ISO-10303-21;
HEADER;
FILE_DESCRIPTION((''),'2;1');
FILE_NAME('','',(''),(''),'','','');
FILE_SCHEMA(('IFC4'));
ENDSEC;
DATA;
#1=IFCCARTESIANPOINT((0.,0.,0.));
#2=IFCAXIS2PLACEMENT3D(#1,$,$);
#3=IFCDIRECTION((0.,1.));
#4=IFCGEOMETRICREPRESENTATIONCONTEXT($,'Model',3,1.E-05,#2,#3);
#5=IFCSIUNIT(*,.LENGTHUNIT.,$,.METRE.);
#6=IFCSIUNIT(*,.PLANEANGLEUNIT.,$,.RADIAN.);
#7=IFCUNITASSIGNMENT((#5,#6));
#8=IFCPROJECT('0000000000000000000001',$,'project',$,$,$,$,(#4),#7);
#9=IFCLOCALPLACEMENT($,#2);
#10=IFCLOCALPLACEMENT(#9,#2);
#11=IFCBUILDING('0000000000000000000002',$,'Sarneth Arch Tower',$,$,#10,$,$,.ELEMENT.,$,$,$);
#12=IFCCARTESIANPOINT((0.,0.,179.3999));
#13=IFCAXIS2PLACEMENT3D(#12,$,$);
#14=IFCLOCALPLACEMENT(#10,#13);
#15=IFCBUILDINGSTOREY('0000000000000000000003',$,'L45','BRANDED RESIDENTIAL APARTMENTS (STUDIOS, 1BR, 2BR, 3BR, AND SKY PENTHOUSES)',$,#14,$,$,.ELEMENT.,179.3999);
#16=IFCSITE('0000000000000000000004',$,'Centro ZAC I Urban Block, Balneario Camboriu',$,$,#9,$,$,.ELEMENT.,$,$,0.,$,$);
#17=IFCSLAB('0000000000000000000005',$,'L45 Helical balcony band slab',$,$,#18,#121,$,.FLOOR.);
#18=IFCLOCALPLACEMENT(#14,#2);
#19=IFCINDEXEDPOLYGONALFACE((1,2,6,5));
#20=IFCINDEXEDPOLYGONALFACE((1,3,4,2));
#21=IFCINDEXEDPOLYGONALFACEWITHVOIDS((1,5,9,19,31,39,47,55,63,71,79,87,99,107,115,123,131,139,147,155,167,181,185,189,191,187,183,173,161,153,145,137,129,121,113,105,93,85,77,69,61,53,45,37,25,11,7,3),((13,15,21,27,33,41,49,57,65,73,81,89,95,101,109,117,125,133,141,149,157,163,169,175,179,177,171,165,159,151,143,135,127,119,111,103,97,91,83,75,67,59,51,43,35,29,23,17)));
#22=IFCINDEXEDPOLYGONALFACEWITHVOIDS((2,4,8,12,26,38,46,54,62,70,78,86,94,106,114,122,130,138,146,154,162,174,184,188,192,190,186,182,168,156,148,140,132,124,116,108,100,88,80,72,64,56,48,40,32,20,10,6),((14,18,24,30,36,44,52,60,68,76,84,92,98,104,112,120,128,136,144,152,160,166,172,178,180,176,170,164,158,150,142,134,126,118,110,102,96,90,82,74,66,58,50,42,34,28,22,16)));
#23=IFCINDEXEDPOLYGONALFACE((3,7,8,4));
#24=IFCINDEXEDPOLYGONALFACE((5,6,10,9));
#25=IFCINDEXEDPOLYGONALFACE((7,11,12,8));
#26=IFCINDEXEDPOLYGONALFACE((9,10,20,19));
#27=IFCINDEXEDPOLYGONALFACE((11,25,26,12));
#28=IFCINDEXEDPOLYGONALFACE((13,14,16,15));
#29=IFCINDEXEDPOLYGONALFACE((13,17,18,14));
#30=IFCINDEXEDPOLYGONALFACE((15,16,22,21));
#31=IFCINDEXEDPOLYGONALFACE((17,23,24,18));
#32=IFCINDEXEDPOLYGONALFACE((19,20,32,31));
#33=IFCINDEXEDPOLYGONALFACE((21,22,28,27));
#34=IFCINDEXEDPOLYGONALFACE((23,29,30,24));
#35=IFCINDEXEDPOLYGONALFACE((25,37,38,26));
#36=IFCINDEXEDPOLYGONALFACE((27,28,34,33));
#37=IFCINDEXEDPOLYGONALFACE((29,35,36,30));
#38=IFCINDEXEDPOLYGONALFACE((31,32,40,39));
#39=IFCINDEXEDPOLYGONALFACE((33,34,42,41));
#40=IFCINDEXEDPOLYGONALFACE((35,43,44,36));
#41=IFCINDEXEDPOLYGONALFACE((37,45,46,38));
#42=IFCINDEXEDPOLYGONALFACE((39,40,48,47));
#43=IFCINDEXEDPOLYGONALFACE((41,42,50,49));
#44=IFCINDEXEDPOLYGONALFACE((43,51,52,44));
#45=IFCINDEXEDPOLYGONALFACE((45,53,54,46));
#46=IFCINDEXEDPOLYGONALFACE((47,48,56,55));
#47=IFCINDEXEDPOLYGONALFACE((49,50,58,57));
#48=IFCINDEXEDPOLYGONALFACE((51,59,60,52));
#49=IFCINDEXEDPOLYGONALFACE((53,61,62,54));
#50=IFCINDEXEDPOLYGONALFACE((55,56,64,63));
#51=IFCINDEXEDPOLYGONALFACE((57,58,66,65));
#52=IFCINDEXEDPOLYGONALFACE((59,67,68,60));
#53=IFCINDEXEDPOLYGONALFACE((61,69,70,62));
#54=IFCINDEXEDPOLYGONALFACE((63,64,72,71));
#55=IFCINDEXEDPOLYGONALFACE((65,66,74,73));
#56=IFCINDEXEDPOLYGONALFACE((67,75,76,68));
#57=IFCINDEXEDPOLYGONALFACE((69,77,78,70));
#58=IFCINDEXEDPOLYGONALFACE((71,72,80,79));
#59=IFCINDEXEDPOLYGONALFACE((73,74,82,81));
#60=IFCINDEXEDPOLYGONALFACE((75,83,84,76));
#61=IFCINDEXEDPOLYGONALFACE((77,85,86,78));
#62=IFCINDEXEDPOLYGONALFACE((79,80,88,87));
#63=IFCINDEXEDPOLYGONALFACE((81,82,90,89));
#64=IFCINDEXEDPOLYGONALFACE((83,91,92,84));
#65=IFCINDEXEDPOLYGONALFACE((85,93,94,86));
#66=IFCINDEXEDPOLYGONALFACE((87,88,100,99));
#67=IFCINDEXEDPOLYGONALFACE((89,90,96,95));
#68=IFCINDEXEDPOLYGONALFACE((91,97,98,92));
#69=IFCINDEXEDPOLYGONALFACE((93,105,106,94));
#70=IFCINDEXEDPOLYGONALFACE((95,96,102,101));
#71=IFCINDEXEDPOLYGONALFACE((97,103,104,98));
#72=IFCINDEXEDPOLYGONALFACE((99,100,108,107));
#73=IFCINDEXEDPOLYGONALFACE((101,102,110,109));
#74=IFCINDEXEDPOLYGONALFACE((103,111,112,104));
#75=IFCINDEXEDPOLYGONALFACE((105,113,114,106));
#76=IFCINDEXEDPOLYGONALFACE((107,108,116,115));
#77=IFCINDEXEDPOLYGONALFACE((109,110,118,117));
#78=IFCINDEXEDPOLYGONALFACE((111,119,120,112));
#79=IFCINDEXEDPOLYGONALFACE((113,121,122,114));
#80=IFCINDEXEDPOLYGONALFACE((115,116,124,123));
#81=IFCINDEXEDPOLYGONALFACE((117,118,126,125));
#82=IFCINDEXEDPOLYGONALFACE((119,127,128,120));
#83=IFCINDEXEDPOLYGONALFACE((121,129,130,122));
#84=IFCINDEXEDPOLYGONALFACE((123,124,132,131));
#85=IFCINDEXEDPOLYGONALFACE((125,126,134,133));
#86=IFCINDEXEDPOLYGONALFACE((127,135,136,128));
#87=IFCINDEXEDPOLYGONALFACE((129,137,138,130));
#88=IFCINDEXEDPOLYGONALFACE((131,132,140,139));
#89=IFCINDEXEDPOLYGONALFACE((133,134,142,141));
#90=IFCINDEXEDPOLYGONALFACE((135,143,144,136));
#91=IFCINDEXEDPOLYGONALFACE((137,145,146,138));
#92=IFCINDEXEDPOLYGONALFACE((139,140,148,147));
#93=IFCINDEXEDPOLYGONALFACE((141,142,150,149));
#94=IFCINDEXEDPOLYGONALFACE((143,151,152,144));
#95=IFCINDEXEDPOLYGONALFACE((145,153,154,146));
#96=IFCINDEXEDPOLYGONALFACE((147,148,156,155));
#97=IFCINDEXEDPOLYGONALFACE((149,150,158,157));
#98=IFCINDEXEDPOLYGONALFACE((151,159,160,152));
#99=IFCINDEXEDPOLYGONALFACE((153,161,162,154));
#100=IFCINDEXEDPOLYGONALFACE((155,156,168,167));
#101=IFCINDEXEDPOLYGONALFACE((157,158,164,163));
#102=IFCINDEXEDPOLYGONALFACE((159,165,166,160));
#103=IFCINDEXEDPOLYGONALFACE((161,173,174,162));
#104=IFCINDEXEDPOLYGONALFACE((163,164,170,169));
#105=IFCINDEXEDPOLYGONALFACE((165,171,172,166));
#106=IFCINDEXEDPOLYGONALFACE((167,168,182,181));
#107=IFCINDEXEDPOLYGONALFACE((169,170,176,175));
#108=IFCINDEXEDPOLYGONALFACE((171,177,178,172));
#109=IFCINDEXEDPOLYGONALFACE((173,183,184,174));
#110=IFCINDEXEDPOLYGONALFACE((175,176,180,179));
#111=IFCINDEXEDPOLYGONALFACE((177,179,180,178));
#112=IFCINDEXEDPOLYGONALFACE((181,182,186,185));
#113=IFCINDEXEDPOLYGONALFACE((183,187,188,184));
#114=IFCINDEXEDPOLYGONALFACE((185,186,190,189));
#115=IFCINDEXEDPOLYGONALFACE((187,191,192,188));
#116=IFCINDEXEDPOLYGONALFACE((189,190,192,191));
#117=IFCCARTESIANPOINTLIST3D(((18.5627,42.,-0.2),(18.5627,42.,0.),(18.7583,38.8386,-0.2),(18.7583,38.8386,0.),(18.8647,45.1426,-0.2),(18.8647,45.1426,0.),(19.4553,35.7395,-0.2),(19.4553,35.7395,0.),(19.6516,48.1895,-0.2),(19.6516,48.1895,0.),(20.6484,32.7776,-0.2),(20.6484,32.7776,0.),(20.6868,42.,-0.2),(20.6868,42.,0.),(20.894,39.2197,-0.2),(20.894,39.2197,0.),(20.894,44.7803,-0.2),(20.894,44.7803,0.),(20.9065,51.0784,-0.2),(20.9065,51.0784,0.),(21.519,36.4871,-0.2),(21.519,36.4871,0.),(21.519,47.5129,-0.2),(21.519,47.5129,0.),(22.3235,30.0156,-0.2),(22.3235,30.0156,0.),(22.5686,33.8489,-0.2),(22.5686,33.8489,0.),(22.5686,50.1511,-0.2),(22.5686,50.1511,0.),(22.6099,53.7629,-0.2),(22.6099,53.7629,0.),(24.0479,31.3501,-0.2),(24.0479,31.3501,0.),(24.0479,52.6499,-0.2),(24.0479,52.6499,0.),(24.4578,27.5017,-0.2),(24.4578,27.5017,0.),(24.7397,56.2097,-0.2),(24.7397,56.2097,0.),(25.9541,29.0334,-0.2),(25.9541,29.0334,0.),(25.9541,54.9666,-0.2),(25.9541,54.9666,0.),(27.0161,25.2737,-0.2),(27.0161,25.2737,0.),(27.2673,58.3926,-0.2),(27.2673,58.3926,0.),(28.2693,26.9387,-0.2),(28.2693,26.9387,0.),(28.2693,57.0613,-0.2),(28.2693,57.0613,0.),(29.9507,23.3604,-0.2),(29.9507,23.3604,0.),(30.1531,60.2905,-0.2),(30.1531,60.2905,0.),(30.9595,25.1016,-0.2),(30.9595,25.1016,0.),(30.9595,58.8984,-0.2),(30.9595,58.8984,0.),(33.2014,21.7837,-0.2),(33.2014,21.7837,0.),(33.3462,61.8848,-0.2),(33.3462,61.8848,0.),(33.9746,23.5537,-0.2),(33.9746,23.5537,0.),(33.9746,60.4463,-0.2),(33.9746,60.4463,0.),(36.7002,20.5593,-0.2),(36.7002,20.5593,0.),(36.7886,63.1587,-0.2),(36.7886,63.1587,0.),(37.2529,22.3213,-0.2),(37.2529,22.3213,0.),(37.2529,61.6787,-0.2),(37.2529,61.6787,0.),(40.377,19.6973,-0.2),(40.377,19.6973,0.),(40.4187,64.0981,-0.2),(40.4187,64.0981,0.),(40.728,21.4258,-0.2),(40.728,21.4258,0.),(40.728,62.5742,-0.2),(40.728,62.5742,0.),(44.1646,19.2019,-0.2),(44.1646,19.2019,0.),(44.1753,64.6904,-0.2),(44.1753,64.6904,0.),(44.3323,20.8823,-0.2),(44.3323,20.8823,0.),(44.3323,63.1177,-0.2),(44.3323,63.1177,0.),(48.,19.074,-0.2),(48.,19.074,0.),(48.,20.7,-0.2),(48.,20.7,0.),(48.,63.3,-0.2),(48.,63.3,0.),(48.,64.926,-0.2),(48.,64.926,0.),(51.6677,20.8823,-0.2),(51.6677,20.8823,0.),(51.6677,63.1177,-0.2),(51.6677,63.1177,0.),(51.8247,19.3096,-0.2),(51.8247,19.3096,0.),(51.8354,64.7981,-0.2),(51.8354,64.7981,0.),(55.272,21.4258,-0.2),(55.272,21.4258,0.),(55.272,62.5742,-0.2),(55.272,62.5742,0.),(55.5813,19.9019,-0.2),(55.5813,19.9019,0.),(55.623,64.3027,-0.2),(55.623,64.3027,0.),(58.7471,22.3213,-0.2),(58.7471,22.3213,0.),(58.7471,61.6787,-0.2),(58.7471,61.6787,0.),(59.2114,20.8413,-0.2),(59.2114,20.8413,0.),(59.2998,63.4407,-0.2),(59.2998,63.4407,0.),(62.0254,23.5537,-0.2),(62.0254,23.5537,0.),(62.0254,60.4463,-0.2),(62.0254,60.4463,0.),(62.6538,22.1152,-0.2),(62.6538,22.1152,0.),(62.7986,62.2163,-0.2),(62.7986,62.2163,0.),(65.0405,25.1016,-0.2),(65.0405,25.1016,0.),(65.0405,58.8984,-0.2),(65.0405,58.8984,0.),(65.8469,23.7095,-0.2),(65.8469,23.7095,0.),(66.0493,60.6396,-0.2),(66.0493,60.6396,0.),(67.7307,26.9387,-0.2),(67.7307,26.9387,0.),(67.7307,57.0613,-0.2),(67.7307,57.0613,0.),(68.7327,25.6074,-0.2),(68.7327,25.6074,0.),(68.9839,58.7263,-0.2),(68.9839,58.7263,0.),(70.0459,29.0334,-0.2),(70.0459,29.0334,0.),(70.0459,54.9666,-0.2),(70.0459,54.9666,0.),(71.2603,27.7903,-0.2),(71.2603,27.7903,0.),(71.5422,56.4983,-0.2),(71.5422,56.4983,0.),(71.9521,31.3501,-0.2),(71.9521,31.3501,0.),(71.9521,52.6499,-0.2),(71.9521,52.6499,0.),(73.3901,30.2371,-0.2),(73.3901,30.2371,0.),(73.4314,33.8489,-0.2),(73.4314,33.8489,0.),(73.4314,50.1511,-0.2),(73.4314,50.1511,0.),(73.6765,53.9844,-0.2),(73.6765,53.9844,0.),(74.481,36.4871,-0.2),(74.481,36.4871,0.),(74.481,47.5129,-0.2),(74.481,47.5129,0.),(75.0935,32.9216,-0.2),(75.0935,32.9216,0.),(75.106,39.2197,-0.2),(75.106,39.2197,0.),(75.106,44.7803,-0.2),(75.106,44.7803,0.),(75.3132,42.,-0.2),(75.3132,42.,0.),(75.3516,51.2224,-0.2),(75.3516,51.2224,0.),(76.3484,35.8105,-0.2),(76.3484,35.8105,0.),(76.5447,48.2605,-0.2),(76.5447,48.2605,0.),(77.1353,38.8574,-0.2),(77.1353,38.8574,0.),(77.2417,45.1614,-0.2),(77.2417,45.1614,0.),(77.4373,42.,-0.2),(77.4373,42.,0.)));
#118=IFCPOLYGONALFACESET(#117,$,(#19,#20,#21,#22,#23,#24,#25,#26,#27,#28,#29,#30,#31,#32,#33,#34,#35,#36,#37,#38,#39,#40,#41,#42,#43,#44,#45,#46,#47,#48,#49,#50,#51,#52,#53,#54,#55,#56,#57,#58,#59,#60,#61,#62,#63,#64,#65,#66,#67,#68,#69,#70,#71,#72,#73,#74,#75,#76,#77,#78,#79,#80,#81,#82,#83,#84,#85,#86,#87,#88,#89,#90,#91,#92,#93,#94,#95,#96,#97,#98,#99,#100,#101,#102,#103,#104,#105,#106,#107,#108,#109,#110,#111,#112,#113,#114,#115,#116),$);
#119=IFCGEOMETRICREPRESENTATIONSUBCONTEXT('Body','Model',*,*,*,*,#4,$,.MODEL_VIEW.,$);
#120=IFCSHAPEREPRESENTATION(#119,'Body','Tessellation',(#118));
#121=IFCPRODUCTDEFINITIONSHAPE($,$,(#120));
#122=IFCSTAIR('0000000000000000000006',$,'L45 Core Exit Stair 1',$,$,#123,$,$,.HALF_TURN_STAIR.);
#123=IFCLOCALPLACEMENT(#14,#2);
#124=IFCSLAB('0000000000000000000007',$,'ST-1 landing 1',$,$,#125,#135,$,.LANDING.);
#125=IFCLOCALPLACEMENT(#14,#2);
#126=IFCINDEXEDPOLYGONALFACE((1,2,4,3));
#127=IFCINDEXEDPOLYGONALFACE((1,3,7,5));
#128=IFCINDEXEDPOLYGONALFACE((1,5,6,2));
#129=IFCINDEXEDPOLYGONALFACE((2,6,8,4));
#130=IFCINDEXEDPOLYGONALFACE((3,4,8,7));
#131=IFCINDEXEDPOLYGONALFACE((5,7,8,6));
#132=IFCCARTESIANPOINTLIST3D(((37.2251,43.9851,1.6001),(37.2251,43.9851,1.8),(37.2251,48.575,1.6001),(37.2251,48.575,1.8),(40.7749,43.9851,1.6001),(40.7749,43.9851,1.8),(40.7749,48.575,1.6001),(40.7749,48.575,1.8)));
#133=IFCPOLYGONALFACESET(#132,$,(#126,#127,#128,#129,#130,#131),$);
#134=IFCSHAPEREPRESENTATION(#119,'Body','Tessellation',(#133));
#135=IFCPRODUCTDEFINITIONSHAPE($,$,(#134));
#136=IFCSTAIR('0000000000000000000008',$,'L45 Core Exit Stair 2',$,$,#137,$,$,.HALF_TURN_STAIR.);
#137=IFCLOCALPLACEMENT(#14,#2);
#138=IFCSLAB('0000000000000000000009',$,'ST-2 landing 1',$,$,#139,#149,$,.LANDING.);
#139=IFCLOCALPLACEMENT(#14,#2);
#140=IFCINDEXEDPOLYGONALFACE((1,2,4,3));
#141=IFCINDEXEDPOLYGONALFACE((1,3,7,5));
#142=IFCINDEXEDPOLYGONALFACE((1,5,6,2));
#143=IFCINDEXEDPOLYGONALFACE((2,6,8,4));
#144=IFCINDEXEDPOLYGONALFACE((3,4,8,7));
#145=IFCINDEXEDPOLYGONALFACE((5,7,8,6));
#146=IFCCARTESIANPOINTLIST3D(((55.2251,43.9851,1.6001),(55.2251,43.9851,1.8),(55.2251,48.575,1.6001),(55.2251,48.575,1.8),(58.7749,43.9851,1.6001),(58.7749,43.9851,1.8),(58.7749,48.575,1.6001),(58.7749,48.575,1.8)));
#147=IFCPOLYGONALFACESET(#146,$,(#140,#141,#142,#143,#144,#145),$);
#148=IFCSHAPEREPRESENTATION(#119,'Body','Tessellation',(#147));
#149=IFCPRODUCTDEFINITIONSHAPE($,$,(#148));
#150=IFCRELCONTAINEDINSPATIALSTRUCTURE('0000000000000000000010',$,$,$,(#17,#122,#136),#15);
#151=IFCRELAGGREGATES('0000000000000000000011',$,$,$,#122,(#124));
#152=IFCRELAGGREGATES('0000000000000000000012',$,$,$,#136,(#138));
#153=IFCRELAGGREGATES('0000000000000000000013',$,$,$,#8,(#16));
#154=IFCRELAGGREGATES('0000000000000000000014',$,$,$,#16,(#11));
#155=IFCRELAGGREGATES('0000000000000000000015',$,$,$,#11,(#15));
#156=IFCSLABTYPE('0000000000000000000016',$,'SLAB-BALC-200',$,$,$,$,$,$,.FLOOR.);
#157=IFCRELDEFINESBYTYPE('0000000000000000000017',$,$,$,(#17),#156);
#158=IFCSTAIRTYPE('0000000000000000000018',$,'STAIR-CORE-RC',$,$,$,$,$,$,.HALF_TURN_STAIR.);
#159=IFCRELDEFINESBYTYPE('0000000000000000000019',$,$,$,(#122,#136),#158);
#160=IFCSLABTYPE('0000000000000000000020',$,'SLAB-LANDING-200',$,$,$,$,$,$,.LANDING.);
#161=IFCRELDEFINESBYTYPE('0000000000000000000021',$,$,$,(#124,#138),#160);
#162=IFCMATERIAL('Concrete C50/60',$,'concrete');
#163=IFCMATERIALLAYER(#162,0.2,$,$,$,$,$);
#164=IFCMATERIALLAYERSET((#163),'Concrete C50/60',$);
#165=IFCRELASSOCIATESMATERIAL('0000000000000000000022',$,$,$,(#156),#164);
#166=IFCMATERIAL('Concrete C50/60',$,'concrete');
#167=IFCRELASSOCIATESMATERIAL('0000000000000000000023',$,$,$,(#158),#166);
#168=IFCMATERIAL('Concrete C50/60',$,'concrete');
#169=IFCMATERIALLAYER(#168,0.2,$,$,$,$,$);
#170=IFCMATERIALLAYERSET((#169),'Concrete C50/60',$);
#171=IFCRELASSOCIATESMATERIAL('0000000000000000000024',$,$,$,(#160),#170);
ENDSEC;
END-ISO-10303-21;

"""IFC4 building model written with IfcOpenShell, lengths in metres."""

from ifc_helpers import new_model, si_unit, direction, frame, origin, place, context, subcontext, project, spatial, polyline, outline, extrude, material, layer, layer_set, type_object, element, aggregate, save


model = new_model("IFC4")

# Units and contexts
model_context = context("Model", 3, precision=1e-05, world=origin(), true_north=direction((0.0, 1.0)))
body_context = subcontext(model_context, "Body", "Model", "MODEL_VIEW")
ifc_project = project(units=[si_unit("LENGTHUNIT", "METRE"), si_unit("PLANEANGLEUNIT", "RADIAN")], contexts=[model_context])

# Site, building, storey
site_placement = place(None, origin())
site = spatial("IfcSite", under=ifc_project, at=site_placement, Name="Centro ZAC I Urban Block, Balneario Camboriu", CompositionType="ELEMENT", RefElevation=0.0)
building_placement = place(site_placement, origin())
building = spatial("IfcBuilding", under=site, at=building_placement, Name="Sarneth Arch Tower", CompositionType="ELEMENT")
storey_placement = place(building_placement, frame((0.0, 0.0, 179.3999)))
storey = spatial("IfcBuildingStorey", under=building, at=storey_placement, Name="L45", Description="BRANDED RESIDENTIAL APARTMENTS (STUDIOS, 1BR, 2BR, 3BR, AND SKY PENTHOUSES)", CompositionType="ELEMENT", Elevation=179.3999)

# Slab
ifc_material_1 = material(Name="Concrete C50/60", Category="concrete")
ifc_layer_1 = layer(ifc_material_1, 0.2)
ifc_layer_set_1 = layer_set([ifc_layer_1], Name="Concrete C50/60")
slab_type_1 = type_object("IfcSlabType", Name="SLAB-BALC-200", PredefinedType="FLOOR", material=ifc_layer_set_1)
slab_1_placement = place(storey_placement, frame((0.0, 0.0, -0.2)))
element("IfcSlab", 1, at=slab_1_placement, inside=storey, type_object=slab_type_1, Name="L45 Helical balcony band slab", PredefinedType="FLOOR", context=body_context, shape_type="SweptSolid", body=[
    extrude(outline(polyline([(77.4373, 42.0), (77.2417, 45.1614), (76.5447, 48.2605), (75.3516, 51.2224), (73.6765, 53.9844), (71.5422, 56.4983), (68.9839, 58.7263), (66.0493, 60.6396), (62.7986, 62.2163), (59.2998, 63.4407), (55.623, 64.3027), (51.8354, 64.7981), (48.0, 64.926), (44.1753, 64.6904), (40.4187, 64.0981), (36.7886, 63.1587), (33.3462, 61.8848), (30.1531, 60.2905), (27.2673, 58.3926), (24.7397, 56.2097), (22.6099, 53.7629), (20.9065, 51.0784), (19.6516, 48.1895), (18.8647, 45.1426), (18.5627, 42.0), (18.7583, 38.8386), (19.4553, 35.7395), (20.6484, 32.7776), (22.3235, 30.0156), (24.4578, 27.5017), (27.0161, 25.2737), (29.9507, 23.3604), (33.2014, 21.7837), (36.7002, 20.5593), (40.377, 19.6973), (44.1646, 19.2019), (48.0, 19.074), (51.8247, 19.3096), (55.5813, 19.9019), (59.2114, 20.8413), (62.6538, 22.1152), (65.8469, 23.7095), (68.7327, 25.6074), (71.2603, 27.7903), (73.3901, 30.2371), (75.0935, 32.9216), (76.3484, 35.8105), (77.1353, 38.8574), (77.4373, 42.0)]), holes=[polyline([(75.3132, 42.0), (75.106, 44.7803), (74.481, 47.5129), (73.4314, 50.1511), (71.9521, 52.6499), (70.0459, 54.9666), (67.7307, 57.0613), (65.0405, 58.8984), (62.0254, 60.4463), (58.7471, 61.6787), (55.272, 62.5742), (51.6677, 63.1177), (48.0, 63.3), (44.3323, 63.1177), (40.728, 62.5742), (37.2529, 61.6787), (33.9746, 60.4463), (30.9595, 58.8984), (28.2693, 57.0613), (25.9541, 54.9666), (24.0479, 52.6499), (22.5686, 50.1511), (21.519, 47.5129), (20.894, 44.7803), (20.6868, 42.0), (20.894, 39.2197), (21.519, 36.4871), (22.5686, 33.8489), (24.0479, 31.3501), (25.9541, 29.0334), (28.2693, 26.9387), (30.9595, 25.1016), (33.9746, 23.5537), (37.2529, 22.3213), (40.728, 21.4258), (44.3323, 20.8823), (48.0, 20.7), (51.6677, 20.8823), (55.272, 21.4258), (58.7471, 22.3213), (62.0254, 23.5537), (65.0405, 25.1016), (67.7307, 26.9387), (70.0459, 29.0334), (71.9521, 31.3501), (73.4314, 33.8489), (74.481, 36.4871), (75.106, 39.2197), (75.3132, 42.0)])]), origin(), (0.0, 0.0, 1.0), 0.2),
])

# Stairs, slabs
ifc_material_2 = material(Name="Concrete C50/60", Category="concrete")
stair_type = type_object("IfcStairType", Name="STAIR-CORE-RC", PredefinedType="HALF_TURN_STAIR", material=ifc_material_2)
stair_1_placement = place(storey_placement, origin())
stair_1 = element("IfcStair", 2, at=stair_1_placement, inside=storey, type_object=stair_type, Name="L45 Core Exit Stair 1", PredefinedType="HALF_TURN_STAIR")
ifc_material_3 = material(Name="Concrete C50/60", Category="concrete")
ifc_layer_2 = layer(ifc_material_3, 0.2)
ifc_layer_set_2 = layer_set([ifc_layer_2], Name="Concrete C50/60")
slab_type_2 = type_object("IfcSlabType", Name="SLAB-LANDING-200", PredefinedType="LANDING", material=ifc_layer_set_2)
slab_2_placement = place(storey_placement, frame((0.0, 0.0, 1.6001)))
slab_2 = element("IfcSlab", 3, at=slab_2_placement, type_object=slab_type_2, Name="ST-1 landing 1", PredefinedType="LANDING", context=body_context, shape_type="SweptSolid", body=[
    extrude(outline(polyline([(37.2251, 43.9851), (40.7749, 43.9851), (40.7749, 48.575), (37.2251, 48.575), (37.2251, 43.9851)])), origin(), (0.0, 0.0, 1.0), 0.2),
])
aggregate(stair_1, [slab_2])
stair_2_placement = place(storey_placement, origin())
stair_2 = element("IfcStair", 4, at=stair_2_placement, inside=storey, type_object=stair_type, Name="L45 Core Exit Stair 2", PredefinedType="HALF_TURN_STAIR")
slab_3_placement = place(storey_placement, frame((0.0, 0.0, 1.6001)))
slab_3 = element("IfcSlab", 5, at=slab_3_placement, type_object=slab_type_2, Name="ST-2 landing 1", PredefinedType="LANDING", context=body_context, shape_type="SweptSolid", body=[
    extrude(outline(polyline([(55.2251, 43.9851), (58.7749, 43.9851), (58.7749, 48.575), (55.2251, 48.575), (55.2251, 43.9851)])), origin(), (0.0, 0.0, 1.0), 0.2),
])
aggregate(stair_2, [slab_3])

save(model, "model.ifc")
